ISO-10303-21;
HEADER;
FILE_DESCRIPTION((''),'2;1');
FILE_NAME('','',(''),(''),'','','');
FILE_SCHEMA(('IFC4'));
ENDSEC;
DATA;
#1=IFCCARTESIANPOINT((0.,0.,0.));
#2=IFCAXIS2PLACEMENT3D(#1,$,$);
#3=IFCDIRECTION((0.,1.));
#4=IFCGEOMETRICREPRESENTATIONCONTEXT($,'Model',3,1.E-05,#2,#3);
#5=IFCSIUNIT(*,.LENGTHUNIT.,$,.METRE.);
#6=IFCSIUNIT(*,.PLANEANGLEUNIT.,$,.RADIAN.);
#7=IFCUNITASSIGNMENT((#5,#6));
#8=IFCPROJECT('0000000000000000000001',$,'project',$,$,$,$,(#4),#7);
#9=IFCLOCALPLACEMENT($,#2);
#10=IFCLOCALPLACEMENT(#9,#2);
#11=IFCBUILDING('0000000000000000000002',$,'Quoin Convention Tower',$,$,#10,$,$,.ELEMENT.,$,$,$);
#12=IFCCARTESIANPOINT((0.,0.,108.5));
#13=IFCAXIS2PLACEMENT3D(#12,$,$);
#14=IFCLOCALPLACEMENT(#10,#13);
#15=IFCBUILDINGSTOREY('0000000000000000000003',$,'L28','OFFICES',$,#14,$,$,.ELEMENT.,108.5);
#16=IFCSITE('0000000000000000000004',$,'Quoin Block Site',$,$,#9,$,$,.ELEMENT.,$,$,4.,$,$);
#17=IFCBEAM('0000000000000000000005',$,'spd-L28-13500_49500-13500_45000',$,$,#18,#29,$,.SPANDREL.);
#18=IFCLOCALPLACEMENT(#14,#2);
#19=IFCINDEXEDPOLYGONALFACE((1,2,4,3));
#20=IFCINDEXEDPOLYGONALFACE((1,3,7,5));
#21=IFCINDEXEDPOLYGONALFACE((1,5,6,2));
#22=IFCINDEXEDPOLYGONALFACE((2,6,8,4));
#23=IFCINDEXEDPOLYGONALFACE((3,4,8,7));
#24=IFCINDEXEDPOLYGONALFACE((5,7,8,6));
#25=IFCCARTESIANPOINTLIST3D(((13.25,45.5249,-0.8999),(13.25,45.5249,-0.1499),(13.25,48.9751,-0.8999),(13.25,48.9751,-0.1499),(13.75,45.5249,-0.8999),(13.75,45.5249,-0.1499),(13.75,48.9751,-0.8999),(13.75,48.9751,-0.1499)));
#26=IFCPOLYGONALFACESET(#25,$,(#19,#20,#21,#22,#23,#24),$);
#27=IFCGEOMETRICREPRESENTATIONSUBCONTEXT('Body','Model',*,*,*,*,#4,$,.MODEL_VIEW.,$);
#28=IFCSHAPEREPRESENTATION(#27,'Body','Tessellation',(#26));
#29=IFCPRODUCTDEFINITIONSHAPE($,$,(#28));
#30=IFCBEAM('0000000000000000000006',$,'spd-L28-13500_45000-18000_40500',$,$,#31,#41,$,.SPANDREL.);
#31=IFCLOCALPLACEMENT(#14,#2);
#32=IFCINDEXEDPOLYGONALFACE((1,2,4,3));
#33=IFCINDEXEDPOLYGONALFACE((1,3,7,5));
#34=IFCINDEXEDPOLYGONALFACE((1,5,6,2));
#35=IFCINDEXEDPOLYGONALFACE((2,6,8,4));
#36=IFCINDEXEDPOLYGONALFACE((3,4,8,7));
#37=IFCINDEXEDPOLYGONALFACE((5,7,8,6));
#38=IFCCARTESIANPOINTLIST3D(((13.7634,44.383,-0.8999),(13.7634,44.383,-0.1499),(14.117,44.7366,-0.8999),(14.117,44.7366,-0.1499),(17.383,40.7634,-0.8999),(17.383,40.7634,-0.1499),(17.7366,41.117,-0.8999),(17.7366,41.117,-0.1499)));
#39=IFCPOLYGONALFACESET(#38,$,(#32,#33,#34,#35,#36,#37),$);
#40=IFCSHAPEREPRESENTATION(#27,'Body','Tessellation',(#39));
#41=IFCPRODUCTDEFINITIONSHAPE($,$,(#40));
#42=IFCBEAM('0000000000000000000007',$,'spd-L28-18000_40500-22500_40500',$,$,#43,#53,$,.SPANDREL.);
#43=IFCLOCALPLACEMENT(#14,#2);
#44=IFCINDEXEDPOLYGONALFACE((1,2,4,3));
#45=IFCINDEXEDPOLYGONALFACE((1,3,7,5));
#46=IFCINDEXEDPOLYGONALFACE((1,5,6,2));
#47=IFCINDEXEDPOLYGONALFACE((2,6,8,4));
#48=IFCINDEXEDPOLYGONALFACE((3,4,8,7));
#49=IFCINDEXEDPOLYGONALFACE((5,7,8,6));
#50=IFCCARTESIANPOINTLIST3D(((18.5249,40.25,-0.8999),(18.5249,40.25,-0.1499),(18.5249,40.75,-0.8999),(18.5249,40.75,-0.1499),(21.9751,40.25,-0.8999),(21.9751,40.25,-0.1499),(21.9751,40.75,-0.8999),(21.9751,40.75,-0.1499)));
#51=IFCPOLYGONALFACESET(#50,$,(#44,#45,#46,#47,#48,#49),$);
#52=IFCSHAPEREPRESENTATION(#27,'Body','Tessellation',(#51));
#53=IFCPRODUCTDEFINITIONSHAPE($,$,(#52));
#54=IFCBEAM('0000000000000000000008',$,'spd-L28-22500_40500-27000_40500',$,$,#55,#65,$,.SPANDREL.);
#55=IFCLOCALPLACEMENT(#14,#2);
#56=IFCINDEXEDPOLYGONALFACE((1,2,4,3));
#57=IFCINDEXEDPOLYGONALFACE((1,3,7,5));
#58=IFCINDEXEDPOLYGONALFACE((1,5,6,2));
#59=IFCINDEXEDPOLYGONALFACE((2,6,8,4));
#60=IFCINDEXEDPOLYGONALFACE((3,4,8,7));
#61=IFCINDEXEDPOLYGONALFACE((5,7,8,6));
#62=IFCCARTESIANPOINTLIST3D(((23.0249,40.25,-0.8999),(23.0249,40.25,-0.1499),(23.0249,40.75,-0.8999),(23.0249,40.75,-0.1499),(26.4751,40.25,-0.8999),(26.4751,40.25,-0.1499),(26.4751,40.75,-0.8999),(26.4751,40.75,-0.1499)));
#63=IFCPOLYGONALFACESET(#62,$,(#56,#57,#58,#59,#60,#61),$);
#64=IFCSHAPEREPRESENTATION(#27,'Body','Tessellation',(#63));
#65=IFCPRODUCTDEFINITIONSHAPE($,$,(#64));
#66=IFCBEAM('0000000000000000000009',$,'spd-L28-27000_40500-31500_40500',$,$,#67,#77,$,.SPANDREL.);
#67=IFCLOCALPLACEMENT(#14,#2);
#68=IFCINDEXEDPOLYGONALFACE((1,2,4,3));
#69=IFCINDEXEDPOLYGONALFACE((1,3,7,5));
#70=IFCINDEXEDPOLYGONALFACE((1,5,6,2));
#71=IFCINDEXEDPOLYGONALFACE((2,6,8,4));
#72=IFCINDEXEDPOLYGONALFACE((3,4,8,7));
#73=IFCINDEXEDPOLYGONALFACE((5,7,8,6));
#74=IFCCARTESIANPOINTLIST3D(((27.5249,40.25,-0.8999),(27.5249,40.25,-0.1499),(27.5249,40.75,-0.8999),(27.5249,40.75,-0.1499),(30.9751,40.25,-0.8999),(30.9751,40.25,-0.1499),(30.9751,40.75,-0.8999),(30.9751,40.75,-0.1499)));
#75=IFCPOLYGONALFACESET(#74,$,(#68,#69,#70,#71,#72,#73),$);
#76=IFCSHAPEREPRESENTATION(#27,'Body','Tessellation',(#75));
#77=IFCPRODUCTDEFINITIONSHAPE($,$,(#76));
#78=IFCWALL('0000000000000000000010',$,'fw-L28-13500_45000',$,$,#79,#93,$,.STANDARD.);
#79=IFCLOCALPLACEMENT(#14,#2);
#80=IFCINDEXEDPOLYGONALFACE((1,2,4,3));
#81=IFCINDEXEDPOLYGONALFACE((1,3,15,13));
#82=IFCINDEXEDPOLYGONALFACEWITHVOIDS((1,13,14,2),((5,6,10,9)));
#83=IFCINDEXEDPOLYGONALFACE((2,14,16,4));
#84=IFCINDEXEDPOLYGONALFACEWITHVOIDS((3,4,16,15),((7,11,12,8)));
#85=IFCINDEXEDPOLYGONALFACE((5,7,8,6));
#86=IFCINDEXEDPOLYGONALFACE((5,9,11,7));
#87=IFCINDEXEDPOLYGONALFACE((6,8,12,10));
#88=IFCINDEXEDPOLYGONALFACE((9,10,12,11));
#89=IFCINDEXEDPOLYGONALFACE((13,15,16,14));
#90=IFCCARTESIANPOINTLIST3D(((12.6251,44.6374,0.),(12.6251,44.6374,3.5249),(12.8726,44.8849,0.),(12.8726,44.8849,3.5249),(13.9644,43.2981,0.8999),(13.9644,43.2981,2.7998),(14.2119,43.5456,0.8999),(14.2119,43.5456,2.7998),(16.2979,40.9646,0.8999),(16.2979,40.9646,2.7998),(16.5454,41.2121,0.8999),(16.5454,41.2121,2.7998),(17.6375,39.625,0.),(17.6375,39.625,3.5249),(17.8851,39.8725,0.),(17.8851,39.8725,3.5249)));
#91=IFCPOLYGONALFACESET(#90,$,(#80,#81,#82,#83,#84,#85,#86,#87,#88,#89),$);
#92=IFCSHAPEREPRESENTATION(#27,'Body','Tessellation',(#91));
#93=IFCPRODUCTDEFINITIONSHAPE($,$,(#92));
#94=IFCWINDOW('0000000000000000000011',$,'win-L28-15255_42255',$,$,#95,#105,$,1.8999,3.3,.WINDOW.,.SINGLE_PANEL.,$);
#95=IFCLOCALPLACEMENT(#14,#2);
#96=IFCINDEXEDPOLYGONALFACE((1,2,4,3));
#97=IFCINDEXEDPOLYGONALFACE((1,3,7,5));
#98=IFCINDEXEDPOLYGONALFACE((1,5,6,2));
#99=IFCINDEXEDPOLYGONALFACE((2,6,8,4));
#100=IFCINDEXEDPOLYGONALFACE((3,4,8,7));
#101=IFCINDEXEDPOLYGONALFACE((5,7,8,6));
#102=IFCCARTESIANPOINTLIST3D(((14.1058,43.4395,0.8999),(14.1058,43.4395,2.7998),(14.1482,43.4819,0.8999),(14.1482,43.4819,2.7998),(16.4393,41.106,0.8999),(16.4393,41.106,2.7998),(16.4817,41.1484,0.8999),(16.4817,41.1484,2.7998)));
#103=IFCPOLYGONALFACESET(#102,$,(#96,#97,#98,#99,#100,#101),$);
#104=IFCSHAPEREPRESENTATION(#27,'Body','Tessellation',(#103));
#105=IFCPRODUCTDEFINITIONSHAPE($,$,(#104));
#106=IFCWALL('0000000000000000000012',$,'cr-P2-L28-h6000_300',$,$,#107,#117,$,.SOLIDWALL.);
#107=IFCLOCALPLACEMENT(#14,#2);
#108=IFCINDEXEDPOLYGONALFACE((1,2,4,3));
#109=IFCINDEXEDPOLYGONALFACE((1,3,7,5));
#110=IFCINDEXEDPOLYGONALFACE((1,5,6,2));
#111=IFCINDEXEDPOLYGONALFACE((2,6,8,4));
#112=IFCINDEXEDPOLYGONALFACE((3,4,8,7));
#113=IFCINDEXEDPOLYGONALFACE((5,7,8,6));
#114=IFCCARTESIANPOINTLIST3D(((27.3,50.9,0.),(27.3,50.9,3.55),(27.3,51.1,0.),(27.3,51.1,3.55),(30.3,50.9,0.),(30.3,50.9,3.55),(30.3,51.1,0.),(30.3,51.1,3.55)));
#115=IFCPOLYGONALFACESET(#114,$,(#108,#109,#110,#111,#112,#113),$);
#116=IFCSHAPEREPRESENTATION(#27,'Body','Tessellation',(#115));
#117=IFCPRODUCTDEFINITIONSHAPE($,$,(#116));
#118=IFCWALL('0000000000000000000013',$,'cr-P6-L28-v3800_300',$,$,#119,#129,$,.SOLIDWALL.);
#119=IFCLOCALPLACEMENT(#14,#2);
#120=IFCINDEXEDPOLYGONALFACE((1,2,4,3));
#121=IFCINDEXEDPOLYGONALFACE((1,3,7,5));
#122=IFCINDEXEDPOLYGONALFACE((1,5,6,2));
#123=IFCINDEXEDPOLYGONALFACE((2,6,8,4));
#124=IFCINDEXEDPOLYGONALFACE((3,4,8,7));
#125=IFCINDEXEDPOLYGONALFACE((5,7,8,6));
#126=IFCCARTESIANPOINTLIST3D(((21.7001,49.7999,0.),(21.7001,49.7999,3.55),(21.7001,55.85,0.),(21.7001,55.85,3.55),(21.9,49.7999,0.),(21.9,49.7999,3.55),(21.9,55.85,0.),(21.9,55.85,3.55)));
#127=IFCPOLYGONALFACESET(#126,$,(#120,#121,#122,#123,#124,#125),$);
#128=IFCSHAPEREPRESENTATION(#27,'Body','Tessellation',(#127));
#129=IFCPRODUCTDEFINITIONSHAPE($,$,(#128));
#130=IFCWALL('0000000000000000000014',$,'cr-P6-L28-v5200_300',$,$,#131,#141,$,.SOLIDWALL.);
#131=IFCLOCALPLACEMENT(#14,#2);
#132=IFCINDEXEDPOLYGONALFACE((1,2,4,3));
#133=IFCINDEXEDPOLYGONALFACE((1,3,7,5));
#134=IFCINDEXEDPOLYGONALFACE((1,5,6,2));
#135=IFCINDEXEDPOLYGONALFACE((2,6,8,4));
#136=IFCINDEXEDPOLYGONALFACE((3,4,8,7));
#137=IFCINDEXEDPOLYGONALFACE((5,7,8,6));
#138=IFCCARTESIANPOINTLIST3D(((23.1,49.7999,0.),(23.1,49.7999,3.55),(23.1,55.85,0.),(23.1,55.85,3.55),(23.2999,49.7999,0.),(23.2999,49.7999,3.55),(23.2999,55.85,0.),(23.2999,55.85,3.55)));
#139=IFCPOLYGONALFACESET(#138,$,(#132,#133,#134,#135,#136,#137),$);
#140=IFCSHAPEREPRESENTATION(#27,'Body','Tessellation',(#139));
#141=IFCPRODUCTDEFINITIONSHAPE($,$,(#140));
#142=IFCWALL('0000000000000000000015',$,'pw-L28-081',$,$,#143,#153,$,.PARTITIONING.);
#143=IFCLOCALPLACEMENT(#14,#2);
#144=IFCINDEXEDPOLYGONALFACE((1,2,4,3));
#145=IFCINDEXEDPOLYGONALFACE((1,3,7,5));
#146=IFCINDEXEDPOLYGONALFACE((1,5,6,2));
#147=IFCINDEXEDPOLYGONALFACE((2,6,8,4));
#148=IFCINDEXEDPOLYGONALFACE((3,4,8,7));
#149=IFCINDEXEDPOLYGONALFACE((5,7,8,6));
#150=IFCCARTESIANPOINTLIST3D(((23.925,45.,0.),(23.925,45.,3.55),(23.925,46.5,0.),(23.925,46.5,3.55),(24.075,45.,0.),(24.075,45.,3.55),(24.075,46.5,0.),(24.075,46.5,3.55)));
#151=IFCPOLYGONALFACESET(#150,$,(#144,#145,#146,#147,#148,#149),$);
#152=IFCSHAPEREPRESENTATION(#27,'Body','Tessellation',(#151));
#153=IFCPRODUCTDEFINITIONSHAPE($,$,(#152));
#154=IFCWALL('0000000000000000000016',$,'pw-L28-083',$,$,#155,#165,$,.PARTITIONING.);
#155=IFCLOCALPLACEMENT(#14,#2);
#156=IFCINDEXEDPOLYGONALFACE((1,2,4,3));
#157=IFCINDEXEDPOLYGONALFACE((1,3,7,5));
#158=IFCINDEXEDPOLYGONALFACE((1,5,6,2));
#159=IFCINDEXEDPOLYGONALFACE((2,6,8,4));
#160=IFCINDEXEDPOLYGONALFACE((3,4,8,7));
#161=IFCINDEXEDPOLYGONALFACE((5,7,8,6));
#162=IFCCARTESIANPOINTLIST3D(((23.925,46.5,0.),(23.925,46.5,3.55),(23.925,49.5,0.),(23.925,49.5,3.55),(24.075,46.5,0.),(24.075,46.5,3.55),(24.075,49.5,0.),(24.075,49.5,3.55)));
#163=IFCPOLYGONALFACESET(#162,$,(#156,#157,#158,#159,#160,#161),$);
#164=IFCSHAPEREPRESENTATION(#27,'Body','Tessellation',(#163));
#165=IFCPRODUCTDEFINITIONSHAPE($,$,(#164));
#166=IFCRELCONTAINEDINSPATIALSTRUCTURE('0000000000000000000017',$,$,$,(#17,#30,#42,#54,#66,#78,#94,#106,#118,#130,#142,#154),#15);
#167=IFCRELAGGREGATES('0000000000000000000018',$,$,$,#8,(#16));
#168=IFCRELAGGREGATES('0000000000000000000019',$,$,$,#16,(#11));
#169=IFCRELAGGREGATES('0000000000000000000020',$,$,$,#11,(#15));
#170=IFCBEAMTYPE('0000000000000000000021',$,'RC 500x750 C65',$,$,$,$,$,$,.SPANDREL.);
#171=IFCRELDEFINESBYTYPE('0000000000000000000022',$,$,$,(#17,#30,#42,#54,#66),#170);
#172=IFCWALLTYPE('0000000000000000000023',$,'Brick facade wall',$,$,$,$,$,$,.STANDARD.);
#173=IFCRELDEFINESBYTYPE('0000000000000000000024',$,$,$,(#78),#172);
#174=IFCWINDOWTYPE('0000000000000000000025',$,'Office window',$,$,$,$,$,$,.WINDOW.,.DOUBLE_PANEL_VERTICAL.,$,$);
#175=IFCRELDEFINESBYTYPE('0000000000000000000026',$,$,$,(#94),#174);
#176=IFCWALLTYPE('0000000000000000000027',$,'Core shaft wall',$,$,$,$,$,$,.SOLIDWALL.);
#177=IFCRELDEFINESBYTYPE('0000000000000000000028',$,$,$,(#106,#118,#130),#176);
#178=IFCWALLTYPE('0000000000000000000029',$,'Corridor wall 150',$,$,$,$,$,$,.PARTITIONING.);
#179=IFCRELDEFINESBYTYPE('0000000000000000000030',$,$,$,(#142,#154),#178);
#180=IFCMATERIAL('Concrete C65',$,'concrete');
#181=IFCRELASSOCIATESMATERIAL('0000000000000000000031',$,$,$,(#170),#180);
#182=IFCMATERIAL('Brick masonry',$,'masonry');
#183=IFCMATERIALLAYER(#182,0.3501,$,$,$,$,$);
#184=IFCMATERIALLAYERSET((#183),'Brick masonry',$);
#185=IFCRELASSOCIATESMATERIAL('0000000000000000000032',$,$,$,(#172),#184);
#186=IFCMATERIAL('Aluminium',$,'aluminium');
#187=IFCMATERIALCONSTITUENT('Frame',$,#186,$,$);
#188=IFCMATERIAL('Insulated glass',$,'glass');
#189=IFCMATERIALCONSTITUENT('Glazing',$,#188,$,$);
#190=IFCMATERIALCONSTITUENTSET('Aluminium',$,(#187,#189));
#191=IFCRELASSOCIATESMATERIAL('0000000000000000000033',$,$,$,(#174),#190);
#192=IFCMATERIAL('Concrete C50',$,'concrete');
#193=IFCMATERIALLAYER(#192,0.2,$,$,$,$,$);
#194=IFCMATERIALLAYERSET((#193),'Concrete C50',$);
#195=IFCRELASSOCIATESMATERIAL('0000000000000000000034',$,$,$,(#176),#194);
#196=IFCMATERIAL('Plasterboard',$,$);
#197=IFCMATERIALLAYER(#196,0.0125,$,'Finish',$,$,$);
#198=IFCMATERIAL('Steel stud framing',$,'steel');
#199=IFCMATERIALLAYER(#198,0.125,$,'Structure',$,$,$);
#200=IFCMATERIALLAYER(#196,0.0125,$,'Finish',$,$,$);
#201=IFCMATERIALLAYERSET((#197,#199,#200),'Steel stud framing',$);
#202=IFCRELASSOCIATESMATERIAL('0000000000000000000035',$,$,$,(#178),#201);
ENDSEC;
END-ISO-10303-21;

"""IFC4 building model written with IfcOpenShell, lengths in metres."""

from ifc_helpers import new_model, si_unit, direction, frame, frame_2d, origin, origin_2d, place, context, subcontext, project, spatial, rectangle, extrude, material, layer, layer_set, constituent, constituent_set, material_profile, profile_set, type_object, element, fill, save


model = new_model("IFC4")

# Units and contexts
model_context = context("Model", 3, precision=1e-05, world=origin(), true_north=direction((0.0, 1.0)))
body_context = subcontext(model_context, "Body", "Model", "MODEL_VIEW")
ifc_project = project(units=[si_unit("LENGTHUNIT", "METRE"), si_unit("PLANEANGLEUNIT", "RADIAN")], contexts=[model_context])

# Site, building, storey
site_placement = place(None, origin())
site = spatial("IfcSite", under=ifc_project, at=site_placement, Name="Quoin Block Site", CompositionType="ELEMENT", RefElevation=4.0)
building_placement = place(site_placement, origin())
building = spatial("IfcBuilding", under=site, at=building_placement, Name="Quoin Convention Tower", CompositionType="ELEMENT")
storey_placement = place(building_placement, frame((0.0, 0.0, 108.5)))
storey = spatial("IfcBuildingStorey", under=building, at=storey_placement, Name="L28", Description="OFFICES", CompositionType="ELEMENT", Elevation=108.5)

# Shared definitions
ifc_material_1 = material(Name="Concrete C65", Category="concrete")

# Beams
ifc_material_profile_1 = material_profile(ifc_material_1, rectangle(XDim=0.5, YDim=0.75, at=origin_2d()), Name="RC 500x750")
ifc_profile_set_1 = profile_set([ifc_material_profile_1], Name="Concrete C65")
beam_type_1 = type_object("IfcBeamType", Name="RC 500x750 C65", PredefinedType="SPANDREL", material=ifc_profile_set_1)
beam_1_placement = place(storey_placement, frame((13.5, 48.9751, -0.5249), z_axis=(0.0, -1.0, 0.0), x_axis=(1.0, 0.0, 0.0)))
element("IfcBeam", 1, at=beam_1_placement, inside=storey, type_object=beam_type_1, Name="spd-L28-13500_49500-13500_45000", PredefinedType="SPANDREL", context=body_context, shape_type="SweptSolid", body=[
    extrude(rectangle(XDim=0.5, YDim=0.75, at=origin_2d()), origin(), (0.0, 0.0, 1.0), 3.4502),
])
beam_2_placement = place(storey_placement, frame((13.9402, 44.5598, -0.5249), z_axis=(0.707107, -0.707107, 0.0), x_axis=(0.707107, 0.707107, 0.0)))
element("IfcBeam", 2, at=beam_2_placement, inside=storey, type_object=beam_type_1, Name="spd-L28-13500_45000-18000_40500", PredefinedType="SPANDREL", context=body_context, shape_type="SweptSolid", body=[
    extrude(rectangle(XDim=0.5, YDim=0.75, at=origin_2d()), origin(), (0.0, 0.0, 1.0), 5.1189),
])
for number, where, z_axis, x_axis, name in (
    (3, (18.5249, 40.5, -0.5249), (1.0, 0.0, 0.0), (0.0, 1.0, 0.0), "spd-L28-18000_40500-22500_40500"),
    (4, (23.0249, 40.5, -0.5249), (1.0, 0.0, 0.0), (0.0, 1.0, 0.0), "spd-L28-22500_40500-27000_40500"),
    (5, (27.5249, 40.5, -0.5249), (1.0, 0.0, 0.0), (0.0, 1.0, 0.0), "spd-L28-27000_40500-31500_40500"),
):
    element("IfcBeam", number, at=place(storey_placement, frame(where, z_axis=z_axis, x_axis=x_axis)), inside=storey, type_object=beam_type_1, Name=name, PredefinedType="SPANDREL", context=body_context, shape_type="SweptSolid", body=[
        extrude(rectangle(XDim=0.5, YDim=0.75, at=origin_2d()), origin(), (0.0, 0.0, 1.0), 3.4502),
    ])

# Wall, opening, window
ifc_material_2 = material(Name="Brick masonry", Category="masonry")
ifc_layer_1 = layer(ifc_material_2, 0.3501)
ifc_layer_set_1 = layer_set([ifc_layer_1], Name="Brick masonry")
wall_type_1 = type_object("IfcWallType", Name="Brick facade wall", PredefinedType="STANDARD", material=ifc_layer_set_1)
wall_1_placement = place(storey_placement, frame((12.7488, 44.7612, 0.0), z_axis=(0.0, 0.0, 1.0), x_axis=(0.707107, -0.707107, 0.0)))
wall_1 = element("IfcWall", 6, at=wall_1_placement, inside=storey, type_object=wall_type_1, Name="fw-L28-13500_45000", PredefinedType="STANDARD", context=body_context, shape_type="SweptSolid", body=[
    extrude(rectangle(XDim=7.0886, YDim=0.3501, at=frame_2d((3.5444, 0.0))), origin(), (0.0, 0.0, 1.0), 3.5249),
])
opening_1_placement = place(wall_1_placement, frame((1.8943, 0.0, 0.8999)))
opening_1 = element("IfcOpeningElement", 7, at=opening_1_placement, cuts=wall_1, PredefinedType="OPENING", context=body_context, shape_type="SweptSolid", body=[
    extrude(rectangle(XDim=3.3, YDim=1.8999, at=frame_2d((1.6499, 0.95))), frame((0.0, 0.1851, 0.0), z_axis=(0.0, -1.0, 0.0), x_axis=(1.0, 0.0, 0.0)), (0.0, 0.0, 1.0), 0.3701),
])
ifc_material_3 = material(Name="Aluminium", Category="aluminium")
ifc_constituent_1 = constituent(ifc_material_3, Name="Frame")
ifc_material_4 = material(Name="Insulated glass", Category="glass")
ifc_constituent_2 = constituent(ifc_material_4, Name="Glazing")
ifc_constituent_set = constituent_set(constituents=[ifc_constituent_1, ifc_constituent_2], Name="Aluminium")
window_type = type_object("IfcWindowType", Name="Office window", PartitioningType="DOUBLE_PANEL_VERTICAL", PredefinedType="WINDOW", material=ifc_constituent_set)
window_placement = place(opening_1_placement, origin())
window = element("IfcWindow", 8, at=window_placement, inside=storey, type_object=window_type, Name="win-L28-15255_42255", OverallHeight=1.8999, OverallWidth=3.3, PartitioningType="SINGLE_PANEL", PredefinedType="WINDOW", context=body_context, shape_type="SweptSolid", body=[
    extrude(rectangle(XDim=3.3, YDim=1.8999, at=frame_2d((1.6499, 0.95))), frame((0.0, 0.085, 0.0), z_axis=(0.0, -1.0, 0.0), x_axis=(1.0, 0.0, 0.0)), (0.0, 0.0, 1.0), 0.0601),
])
fill(opening_1, window)

# Walls
ifc_material_5 = material(Name="Concrete C50", Category="concrete")
ifc_layer_2 = layer(ifc_material_5, 0.2)
ifc_layer_set_2 = layer_set([ifc_layer_2], Name="Concrete C50")
wall_type_2 = type_object("IfcWallType", Name="Core shaft wall", PredefinedType="SOLIDWALL", material=ifc_layer_set_2)
wall_2_placement = place(storey_placement, frame((27.3, 51.0, 0.0), z_axis=(0.0, 0.0, 1.0), x_axis=(1.0, 0.0, 0.0)))
element("IfcWall", 9, at=wall_2_placement, inside=storey, type_object=wall_type_2, Name="cr-P2-L28-h6000_300", PredefinedType="SOLIDWALL", context=body_context, shape_type="SweptSolid", body=[
    extrude(rectangle(XDim=3.0, YDim=0.2, at=frame_2d((1.5, 0.0))), origin(), (0.0, 0.0, 1.0), 3.55),
])
for number, where, z_axis, x_axis, name in (
    (10, (21.8, 49.8, 0.0), (0.0, 0.0, 1.0), (0.0, 1.0, 0.0), "cr-P6-L28-v3800_300"),
    (11, (23.2, 49.8, 0.0), (0.0, 0.0, 1.0), (0.0, 1.0, 0.0), "cr-P6-L28-v5200_300"),
):
    element("IfcWall", number, at=place(storey_placement, frame(where, z_axis=z_axis, x_axis=x_axis)), inside=storey, type_object=wall_type_2, Name=name, PredefinedType="SOLIDWALL", context=body_context, shape_type="SweptSolid", body=[
        extrude(rectangle(XDim=6.05, YDim=0.2, at=frame_2d((3.0249, 0.0))), origin(), (0.0, 0.0, 1.0), 3.55),
    ])
ifc_material_6 = material(Name="Plasterboard")
ifc_layer_3 = layer(ifc_material_6, 0.0125, Name="Finish")
ifc_material_7 = material(Name="Steel stud framing", Category="steel")
ifc_layer_4 = layer(ifc_material_7, 0.125, Name="Structure")
ifc_layer_5 = layer(ifc_material_6, 0.0125, Name="Finish")
ifc_layer_set_3 = layer_set([ifc_layer_3, ifc_layer_4, ifc_layer_5], Name="Steel stud framing")
wall_type_3 = type_object("IfcWallType", Name="Corridor wall 150", PredefinedType="PARTITIONING", material=ifc_layer_set_3)
wall_3_placement = place(storey_placement, frame((24.0, 45.0, 0.0), z_axis=(0.0, 0.0, 1.0), x_axis=(0.0, 1.0, 0.0)))
element("IfcWall", 12, at=wall_3_placement, inside=storey, type_object=wall_type_3, Name="pw-L28-081", PredefinedType="PARTITIONING", context=body_context, shape_type="SweptSolid", body=[
    extrude(rectangle(XDim=1.5, YDim=0.1499, at=frame_2d((0.75, 0.0))), origin(), (0.0, 0.0, 1.0), 3.55),
])
wall_4_placement = place(storey_placement, frame((24.0, 46.5, 0.0), z_axis=(0.0, 0.0, 1.0), x_axis=(0.0, 1.0, 0.0)))
element("IfcWall", 13, at=wall_4_placement, inside=storey, type_object=wall_type_3, Name="pw-L28-083", PredefinedType="PARTITIONING", context=body_context, shape_type="SweptSolid", body=[
    extrude(rectangle(XDim=3.0, YDim=0.1499, at=frame_2d((1.5, 0.0))), origin(), (0.0, 0.0, 1.0), 3.55),
])

save(model, "model.ifc")
